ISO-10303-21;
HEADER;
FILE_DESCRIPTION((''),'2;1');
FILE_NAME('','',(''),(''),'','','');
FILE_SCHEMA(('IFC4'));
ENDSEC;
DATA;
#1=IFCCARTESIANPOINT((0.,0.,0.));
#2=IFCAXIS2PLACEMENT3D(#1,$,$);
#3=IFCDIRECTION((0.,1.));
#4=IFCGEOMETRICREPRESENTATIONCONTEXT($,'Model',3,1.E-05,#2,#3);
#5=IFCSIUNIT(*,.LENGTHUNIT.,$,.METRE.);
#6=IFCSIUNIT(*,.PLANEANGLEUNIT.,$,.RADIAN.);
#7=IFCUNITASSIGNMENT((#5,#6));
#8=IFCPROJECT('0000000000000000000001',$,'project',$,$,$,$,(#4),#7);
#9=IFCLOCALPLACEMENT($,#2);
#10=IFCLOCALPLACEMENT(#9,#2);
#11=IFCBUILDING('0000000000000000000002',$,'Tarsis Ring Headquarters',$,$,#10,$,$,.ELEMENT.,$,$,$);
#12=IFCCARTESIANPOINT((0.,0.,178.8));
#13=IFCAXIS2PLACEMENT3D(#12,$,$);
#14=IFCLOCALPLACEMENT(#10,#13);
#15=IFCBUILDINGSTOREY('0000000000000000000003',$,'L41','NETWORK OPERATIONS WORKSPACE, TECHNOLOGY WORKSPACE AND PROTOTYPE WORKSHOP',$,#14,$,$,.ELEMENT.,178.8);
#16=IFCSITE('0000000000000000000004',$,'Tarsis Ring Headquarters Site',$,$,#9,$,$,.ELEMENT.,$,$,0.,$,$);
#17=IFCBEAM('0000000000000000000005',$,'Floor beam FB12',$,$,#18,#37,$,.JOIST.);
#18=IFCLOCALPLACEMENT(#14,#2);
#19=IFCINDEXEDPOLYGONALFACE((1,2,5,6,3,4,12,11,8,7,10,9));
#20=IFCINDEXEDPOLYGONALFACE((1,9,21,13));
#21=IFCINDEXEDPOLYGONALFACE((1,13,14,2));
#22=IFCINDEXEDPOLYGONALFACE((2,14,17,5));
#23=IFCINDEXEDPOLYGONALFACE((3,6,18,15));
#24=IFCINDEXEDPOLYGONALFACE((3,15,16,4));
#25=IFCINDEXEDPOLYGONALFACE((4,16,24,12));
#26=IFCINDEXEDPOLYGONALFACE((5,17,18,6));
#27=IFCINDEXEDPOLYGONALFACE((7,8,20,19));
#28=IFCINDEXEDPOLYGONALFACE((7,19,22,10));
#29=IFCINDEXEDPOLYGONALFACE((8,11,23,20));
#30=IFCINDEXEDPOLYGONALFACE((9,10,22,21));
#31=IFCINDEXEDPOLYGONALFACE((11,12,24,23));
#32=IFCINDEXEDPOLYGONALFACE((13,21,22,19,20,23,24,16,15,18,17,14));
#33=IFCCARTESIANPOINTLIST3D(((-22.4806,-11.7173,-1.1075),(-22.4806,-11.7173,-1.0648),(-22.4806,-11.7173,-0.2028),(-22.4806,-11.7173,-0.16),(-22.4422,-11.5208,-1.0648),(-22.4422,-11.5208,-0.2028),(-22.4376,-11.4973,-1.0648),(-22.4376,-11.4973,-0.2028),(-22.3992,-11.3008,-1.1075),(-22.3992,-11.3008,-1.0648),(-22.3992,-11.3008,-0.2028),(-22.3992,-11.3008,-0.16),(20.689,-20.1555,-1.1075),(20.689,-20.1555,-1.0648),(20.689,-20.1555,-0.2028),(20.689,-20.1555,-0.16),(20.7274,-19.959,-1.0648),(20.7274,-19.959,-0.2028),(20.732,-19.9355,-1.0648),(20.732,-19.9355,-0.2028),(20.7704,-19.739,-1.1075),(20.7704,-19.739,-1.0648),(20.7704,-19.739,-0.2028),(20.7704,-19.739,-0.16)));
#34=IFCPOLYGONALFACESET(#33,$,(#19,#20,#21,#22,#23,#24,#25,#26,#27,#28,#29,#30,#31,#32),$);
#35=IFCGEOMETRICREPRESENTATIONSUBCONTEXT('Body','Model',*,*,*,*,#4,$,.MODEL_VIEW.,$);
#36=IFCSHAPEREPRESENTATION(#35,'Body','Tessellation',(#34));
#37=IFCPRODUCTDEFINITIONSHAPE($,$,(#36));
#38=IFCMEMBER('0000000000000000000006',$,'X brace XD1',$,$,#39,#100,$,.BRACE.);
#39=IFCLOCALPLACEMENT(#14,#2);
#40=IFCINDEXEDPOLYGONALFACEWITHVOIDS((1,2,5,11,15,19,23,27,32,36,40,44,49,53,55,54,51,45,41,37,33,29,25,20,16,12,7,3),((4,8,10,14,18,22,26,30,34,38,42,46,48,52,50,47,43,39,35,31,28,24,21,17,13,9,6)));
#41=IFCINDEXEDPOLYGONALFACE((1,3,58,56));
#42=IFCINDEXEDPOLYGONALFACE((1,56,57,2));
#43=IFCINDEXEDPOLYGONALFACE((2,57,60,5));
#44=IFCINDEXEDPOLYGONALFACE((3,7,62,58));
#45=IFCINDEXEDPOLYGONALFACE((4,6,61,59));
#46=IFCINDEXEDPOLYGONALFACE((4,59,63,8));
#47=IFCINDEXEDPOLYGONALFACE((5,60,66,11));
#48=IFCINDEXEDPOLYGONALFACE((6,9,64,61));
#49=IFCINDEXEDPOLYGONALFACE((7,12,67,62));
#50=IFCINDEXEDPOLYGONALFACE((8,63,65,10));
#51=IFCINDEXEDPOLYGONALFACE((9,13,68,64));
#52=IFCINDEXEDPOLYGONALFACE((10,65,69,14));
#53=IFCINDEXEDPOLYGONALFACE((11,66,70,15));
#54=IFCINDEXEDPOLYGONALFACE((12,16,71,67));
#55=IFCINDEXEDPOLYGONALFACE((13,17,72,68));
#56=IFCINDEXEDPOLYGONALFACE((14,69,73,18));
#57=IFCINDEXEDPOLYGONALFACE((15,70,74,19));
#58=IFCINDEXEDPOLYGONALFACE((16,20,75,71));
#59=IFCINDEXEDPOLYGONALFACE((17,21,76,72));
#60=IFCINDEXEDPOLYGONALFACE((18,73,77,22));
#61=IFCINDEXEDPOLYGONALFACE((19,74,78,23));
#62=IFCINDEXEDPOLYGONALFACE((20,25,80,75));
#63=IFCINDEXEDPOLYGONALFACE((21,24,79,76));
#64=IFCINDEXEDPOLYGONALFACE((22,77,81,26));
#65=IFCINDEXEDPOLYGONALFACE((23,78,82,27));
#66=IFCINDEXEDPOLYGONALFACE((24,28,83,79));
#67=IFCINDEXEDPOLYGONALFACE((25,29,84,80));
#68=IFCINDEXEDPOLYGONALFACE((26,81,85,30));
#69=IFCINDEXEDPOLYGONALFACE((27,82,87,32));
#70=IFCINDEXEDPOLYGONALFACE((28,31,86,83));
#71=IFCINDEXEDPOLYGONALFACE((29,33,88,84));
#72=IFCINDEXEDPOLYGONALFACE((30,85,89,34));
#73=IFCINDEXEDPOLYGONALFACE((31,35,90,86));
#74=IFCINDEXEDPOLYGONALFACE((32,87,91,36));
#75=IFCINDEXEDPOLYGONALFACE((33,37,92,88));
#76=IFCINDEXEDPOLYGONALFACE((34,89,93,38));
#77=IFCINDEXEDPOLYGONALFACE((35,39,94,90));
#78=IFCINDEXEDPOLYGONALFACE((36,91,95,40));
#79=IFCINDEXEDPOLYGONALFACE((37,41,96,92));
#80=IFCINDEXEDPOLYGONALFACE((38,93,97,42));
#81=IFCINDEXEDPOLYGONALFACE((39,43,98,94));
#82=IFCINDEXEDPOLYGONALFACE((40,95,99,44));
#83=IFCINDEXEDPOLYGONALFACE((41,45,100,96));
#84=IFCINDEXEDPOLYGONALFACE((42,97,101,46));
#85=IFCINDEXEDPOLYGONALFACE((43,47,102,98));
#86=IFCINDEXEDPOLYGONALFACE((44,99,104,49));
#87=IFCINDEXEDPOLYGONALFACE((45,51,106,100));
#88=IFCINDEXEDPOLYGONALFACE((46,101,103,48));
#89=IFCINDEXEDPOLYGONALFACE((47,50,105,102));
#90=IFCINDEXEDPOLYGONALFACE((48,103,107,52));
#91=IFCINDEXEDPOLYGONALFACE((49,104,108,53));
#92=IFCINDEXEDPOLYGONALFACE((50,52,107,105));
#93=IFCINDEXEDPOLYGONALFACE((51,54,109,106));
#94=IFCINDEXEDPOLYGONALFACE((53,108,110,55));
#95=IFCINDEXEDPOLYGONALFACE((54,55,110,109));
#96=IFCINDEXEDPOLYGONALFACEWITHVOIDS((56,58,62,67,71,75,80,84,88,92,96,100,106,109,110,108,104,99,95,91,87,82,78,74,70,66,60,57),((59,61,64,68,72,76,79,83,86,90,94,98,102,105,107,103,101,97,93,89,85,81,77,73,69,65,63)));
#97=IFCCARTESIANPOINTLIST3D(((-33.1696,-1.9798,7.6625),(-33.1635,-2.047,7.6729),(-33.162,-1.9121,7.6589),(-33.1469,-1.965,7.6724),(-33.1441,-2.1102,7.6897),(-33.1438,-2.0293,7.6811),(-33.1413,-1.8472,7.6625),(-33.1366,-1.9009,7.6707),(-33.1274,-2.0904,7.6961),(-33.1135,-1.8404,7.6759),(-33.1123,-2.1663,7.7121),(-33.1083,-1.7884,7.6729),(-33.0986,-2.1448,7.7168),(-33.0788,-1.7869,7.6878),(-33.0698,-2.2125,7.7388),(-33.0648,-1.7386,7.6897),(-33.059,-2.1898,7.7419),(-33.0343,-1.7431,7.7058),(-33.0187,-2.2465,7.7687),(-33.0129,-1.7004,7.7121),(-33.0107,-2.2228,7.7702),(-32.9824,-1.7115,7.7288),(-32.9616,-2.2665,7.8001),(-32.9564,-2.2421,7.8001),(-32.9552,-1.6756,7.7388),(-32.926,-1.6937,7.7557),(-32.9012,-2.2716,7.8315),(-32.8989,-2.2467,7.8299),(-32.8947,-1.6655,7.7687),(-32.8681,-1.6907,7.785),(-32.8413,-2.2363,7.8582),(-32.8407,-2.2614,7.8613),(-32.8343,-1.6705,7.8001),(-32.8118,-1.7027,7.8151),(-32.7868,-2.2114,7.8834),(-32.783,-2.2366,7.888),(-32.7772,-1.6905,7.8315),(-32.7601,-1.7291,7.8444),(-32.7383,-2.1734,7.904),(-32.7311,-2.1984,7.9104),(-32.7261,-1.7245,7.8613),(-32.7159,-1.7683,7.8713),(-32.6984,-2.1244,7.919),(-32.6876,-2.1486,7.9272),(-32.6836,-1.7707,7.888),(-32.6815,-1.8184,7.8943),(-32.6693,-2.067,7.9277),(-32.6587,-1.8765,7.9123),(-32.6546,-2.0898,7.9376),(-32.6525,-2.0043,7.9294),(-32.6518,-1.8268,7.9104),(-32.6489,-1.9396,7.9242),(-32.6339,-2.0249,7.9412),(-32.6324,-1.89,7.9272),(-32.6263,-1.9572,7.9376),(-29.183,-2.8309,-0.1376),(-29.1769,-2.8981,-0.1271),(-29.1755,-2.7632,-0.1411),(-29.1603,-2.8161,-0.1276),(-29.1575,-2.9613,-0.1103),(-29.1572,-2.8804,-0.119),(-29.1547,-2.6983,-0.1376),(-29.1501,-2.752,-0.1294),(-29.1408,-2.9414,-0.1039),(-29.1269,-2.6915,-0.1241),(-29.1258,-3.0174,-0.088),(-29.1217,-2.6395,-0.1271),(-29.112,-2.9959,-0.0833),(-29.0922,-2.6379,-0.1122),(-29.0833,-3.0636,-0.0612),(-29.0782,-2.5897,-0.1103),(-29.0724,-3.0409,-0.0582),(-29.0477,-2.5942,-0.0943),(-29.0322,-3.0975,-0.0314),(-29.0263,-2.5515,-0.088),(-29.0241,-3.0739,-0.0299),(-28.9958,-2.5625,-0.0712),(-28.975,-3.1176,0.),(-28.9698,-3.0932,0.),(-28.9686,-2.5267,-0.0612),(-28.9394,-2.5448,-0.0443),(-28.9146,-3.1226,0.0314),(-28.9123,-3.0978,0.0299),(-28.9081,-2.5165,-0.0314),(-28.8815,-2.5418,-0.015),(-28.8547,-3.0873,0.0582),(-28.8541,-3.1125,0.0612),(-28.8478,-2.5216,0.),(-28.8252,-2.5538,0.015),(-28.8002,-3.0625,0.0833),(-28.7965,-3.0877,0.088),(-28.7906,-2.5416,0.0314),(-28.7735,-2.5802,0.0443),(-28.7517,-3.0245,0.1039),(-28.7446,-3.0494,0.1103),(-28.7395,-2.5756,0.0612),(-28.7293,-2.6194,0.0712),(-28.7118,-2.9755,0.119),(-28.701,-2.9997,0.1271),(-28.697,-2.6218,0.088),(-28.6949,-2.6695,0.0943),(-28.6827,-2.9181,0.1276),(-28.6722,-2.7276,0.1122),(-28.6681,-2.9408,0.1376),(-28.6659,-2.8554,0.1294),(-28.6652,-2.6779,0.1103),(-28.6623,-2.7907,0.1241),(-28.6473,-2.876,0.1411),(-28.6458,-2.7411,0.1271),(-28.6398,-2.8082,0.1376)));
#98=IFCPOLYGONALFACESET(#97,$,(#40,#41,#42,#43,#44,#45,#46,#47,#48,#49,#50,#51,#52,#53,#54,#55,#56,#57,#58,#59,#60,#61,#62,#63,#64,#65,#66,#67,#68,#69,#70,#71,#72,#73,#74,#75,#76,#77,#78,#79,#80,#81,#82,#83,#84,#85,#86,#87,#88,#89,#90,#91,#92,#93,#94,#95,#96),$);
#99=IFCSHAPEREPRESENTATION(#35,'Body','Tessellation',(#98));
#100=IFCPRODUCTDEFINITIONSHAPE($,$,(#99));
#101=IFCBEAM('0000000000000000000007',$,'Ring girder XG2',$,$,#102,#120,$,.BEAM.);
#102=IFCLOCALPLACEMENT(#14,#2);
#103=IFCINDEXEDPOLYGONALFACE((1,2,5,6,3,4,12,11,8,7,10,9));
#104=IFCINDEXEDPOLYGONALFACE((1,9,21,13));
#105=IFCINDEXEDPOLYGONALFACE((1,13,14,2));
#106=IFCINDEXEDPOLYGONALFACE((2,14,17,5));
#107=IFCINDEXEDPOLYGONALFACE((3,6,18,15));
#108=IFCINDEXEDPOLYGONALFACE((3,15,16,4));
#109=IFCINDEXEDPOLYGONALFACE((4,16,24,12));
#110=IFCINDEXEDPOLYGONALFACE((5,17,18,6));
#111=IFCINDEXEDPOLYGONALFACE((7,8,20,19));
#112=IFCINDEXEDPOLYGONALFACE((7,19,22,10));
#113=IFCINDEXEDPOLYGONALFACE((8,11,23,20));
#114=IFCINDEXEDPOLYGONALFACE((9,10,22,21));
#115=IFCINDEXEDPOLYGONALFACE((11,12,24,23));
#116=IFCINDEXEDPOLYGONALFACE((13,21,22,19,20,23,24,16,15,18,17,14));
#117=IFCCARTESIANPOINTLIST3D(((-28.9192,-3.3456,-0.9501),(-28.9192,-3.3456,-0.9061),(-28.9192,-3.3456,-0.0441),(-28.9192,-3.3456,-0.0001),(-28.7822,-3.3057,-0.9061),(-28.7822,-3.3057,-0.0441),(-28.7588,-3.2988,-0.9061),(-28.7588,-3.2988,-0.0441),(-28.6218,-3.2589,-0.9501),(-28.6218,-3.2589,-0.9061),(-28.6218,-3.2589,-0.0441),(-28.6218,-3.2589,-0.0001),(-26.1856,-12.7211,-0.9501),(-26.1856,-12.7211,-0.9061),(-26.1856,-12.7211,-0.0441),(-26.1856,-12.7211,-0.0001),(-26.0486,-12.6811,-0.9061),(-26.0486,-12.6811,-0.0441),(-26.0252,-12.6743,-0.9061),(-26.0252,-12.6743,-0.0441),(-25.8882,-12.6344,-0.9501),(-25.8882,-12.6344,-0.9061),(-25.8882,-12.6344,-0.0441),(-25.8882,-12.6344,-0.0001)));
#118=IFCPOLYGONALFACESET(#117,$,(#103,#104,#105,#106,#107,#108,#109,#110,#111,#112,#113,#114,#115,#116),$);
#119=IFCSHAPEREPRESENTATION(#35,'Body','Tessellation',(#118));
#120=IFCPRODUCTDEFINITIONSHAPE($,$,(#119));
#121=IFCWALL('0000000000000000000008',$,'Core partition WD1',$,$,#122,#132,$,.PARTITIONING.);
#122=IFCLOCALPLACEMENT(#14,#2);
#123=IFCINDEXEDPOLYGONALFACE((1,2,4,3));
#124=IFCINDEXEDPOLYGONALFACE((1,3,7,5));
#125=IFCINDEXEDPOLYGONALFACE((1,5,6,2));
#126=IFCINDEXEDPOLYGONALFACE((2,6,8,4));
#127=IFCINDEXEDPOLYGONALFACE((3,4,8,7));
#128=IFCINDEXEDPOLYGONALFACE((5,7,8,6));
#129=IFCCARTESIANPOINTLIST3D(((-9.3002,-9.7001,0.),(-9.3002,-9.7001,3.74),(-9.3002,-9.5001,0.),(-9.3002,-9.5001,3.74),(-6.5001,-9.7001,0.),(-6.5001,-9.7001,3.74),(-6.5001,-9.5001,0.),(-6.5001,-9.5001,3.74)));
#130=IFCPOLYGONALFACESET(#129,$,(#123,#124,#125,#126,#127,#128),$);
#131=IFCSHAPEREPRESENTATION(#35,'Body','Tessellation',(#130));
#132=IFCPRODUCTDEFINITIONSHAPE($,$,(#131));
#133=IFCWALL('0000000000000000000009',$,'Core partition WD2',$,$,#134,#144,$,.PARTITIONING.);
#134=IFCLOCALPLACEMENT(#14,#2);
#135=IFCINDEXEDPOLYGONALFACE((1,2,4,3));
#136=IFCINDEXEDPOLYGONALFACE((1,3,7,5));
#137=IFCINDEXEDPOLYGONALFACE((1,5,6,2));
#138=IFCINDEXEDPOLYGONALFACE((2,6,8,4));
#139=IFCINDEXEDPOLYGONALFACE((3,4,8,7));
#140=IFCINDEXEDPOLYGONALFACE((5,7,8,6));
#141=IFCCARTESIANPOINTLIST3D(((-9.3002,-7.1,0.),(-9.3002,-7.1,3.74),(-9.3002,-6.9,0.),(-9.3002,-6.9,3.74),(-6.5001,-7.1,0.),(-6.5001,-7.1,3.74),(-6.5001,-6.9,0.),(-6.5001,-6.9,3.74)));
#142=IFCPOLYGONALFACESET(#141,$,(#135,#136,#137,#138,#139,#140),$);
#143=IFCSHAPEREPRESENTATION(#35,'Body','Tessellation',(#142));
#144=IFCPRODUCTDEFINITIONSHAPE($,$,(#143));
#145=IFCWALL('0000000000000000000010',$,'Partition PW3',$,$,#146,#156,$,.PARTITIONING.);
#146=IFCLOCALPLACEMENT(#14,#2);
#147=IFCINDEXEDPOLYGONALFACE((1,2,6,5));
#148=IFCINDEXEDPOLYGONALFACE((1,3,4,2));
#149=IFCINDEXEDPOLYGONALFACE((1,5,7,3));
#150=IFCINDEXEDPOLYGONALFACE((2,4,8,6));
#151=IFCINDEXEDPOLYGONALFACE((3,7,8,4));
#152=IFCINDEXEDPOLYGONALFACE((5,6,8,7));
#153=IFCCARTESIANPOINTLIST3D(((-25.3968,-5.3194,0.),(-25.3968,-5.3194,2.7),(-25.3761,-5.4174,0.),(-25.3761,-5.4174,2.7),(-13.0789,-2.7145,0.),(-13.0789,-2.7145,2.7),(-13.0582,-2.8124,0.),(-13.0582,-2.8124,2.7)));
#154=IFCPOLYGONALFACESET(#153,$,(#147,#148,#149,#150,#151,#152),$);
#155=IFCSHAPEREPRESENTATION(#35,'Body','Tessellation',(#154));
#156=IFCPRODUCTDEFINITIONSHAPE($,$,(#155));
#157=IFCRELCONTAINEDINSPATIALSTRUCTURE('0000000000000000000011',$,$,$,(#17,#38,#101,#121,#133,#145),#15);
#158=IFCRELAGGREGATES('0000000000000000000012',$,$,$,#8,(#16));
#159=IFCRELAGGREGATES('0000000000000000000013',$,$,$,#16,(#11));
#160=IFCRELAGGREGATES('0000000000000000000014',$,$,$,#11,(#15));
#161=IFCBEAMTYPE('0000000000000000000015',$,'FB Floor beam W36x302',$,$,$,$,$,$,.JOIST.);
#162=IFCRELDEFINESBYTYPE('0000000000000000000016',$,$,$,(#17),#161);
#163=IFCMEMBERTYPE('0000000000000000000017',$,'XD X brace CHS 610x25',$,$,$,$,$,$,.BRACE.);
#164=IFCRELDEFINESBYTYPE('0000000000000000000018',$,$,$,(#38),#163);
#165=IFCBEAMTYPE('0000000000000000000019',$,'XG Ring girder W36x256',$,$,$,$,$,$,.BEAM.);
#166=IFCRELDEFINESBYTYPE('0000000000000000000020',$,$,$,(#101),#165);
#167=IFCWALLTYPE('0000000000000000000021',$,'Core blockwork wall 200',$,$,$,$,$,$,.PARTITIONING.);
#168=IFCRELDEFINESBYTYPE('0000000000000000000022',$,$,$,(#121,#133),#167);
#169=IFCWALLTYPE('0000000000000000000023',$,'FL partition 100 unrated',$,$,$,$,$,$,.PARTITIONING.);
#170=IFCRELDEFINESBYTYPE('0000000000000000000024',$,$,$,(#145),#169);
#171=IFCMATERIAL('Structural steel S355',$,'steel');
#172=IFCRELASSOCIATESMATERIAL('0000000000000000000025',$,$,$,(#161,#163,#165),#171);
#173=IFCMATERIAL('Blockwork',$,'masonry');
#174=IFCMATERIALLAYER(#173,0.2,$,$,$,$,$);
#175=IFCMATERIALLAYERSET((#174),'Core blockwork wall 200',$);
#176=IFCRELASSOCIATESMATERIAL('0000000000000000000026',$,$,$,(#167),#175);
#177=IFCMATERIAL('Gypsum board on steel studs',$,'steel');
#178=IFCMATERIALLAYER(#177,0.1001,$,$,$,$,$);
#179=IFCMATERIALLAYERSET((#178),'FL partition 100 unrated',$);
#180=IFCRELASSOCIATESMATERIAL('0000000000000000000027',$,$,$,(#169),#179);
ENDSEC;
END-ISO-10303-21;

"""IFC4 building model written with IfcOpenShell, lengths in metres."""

from ifc_helpers import new_model, si_unit, direction, frame, frame_2d, origin, origin_2d, place, context, subcontext, project, spatial, rectangle, hollow_circle, i_section, extrude, material, layer, layer_set, material_profile, profile_set, type_object, element, save


model = new_model("IFC4")

# Units and contexts
model_context = context("Model", 3, precision=1e-05, world=origin(), true_north=direction((0.0, 1.0)))
body_context = subcontext(model_context, "Body", "Model", "MODEL_VIEW")
ifc_project = project(units=[si_unit("LENGTHUNIT", "METRE"), si_unit("PLANEANGLEUNIT", "RADIAN")], contexts=[model_context])

# Site, building, storey
site_placement = place(None, origin())
site = spatial("IfcSite", under=ifc_project, at=site_placement, Name="Tarsis Ring Headquarters Site", CompositionType="ELEMENT", RefElevation=0.0)
building_placement = place(site_placement, origin())
building = spatial("IfcBuilding", under=site, at=building_placement, Name="Tarsis Ring Headquarters", CompositionType="ELEMENT")
storey_placement = place(building_placement, frame((0.0, 0.0, 178.8)))
storey = spatial("IfcBuildingStorey", under=building, at=storey_placement, Name="L41", Description="NETWORK OPERATIONS WORKSPACE, TECHNOLOGY WORKSPACE AND PROTOTYPE WORKSHOP", CompositionType="ELEMENT", Elevation=178.8)

# Shared definitions
ifc_material_1 = material(Name="Structural steel S355", Category="steel")

# Beam
ifc_material_profile_1 = material_profile(ifc_material_1, i_section(OverallWidth=0.3098, OverallDepth=0.95, WebThickness=0.0244, FlangeThickness=0.0439, at=origin_2d()), Name="W36x256")
ifc_profile_set_1 = profile_set([ifc_material_profile_1], Name="Structural steel S355")
ifc_material_profile_2 = material_profile(ifc_material_1, i_section(OverallWidth=0.4243, OverallDepth=0.9475, WebThickness=0.0239, FlangeThickness=0.0427, at=origin_2d()), Name="W36x302")
ifc_profile_set_2 = profile_set([ifc_material_profile_2], Name="Structural steel S355")
beam_type_1 = type_object("IfcBeamType", Name="FB Floor beam W36x302", PredefinedType="JOIST", material=ifc_profile_set_2)
beam_1_placement = place(storey_placement, frame((-22.4399, -11.509, -0.6338), z_axis=(0.981427, -0.191836, 0.0), x_axis=(0.191836, 0.981427, 0.0)))
element("IfcBeam", 1, at=beam_1_placement, inside=storey, type_object=beam_type_1, Name="Floor beam FB12", PredefinedType="JOIST", context=body_context, shape_type="SweptSolid", body=[
    extrude(i_section(OverallWidth=0.4243, OverallDepth=0.9475, WebThickness=0.0239, FlangeThickness=0.0427, at=origin_2d()), origin(), (0.0, 0.0, 1.0), 43.9866),
])

# Member
ifc_material_profile_3 = material_profile(ifc_material_1, hollow_circle(Radius=0.3047, WallThickness=0.0249, at=origin_2d()), Name="CHS 610x25")
ifc_profile_set_3 = profile_set([ifc_material_profile_3], Name="Structural steel S355")
member_type = type_object("IfcMemberType", Name="XD X brace CHS 610x25", PredefinedType="BRACE", material=ifc_profile_set_3)
member_placement = place(storey_placement, frame((-28.9114, -2.8196, 0.0), z_axis=(-0.452967, 0.096702, 0.886267), x_axis=(-0.208781, -0.977963, 0.0)))
element("IfcMember", 2, at=member_placement, inside=storey, type_object=member_type, Name="X brace XD1", PredefinedType="BRACE", context=body_context, shape_type="SweptSolid", body=[
    extrude(hollow_circle(Radius=0.3047, WallThickness=0.0249, at=origin_2d()), origin(), (0.0, 0.0, 1.0), 8.801),
])

# Beam
beam_type_2 = type_object("IfcBeamType", Name="XG Ring girder W36x256", PredefinedType="BEAM", material=ifc_profile_set_1)
beam_2_placement = place(storey_placement, frame((-28.7705, -3.3022, -0.4751), z_axis=(0.279917, -0.960024, 0.0), x_axis=(0.960024, 0.279917, 0.0)))
element("IfcBeam", 3, at=beam_2_placement, inside=storey, type_object=beam_type_2, Name="Ring girder XG2", PredefinedType="BEAM", context=body_context, shape_type="SweptSolid", body=[
    extrude(i_section(OverallWidth=0.3098, OverallDepth=0.95, WebThickness=0.0244, FlangeThickness=0.0439, at=origin_2d()), origin(), (0.0, 0.0, 1.0), 9.7659),
])

# Walls
ifc_material_2 = material(Name="Blockwork", Category="masonry")
ifc_layer_1 = layer(ifc_material_2, 0.2)
ifc_layer_set_1 = layer_set([ifc_layer_1], Name="Core blockwork wall 200")
wall_type_1 = type_object("IfcWallType", Name="Core blockwork wall 200", PredefinedType="PARTITIONING", material=ifc_layer_set_1)
for number, where, z_axis, x_axis, name in (
    (4, (-9.3, -9.6001, 0.0), (0.0, 0.0, 1.0), (1.0, 0.0, 0.0), "Core partition WD1"),
    (5, (-9.3, -7.0, 0.0), (0.0, 0.0, 1.0), (1.0, 0.0, 0.0), "Core partition WD2"),
):
    element("IfcWall", number, at=place(storey_placement, frame(where, z_axis=z_axis, x_axis=x_axis)), inside=storey, type_object=wall_type_1, Name=name, PredefinedType="PARTITIONING", context=body_context, shape_type="SweptSolid", body=[
        extrude(rectangle(XDim=2.8, YDim=0.2, at=frame_2d((1.3999, 0.0))), origin(), (0.0, 0.0, 1.0), 3.74),
    ])
ifc_material_3 = material(Name="Gypsum board on steel studs", Category="steel")
ifc_layer_2 = layer(ifc_material_3, 0.1001)
ifc_layer_set_2 = layer_set([ifc_layer_2], Name="FL partition 100 unrated")
wall_type_2 = type_object("IfcWallType", Name="FL partition 100 unrated", PredefinedType="PARTITIONING", material=ifc_layer_set_2)
wall_1_placement = place(storey_placement, frame((-25.3865, -5.3684, 0.0), z_axis=(0.0, 0.0, 1.0), x_axis=(0.978361, 0.206904, 0.0)))
element("IfcWall", 6, at=wall_1_placement, inside=storey, type_object=wall_type_2, Name="Partition PW3", PredefinedType="PARTITIONING", context=body_context, shape_type="SweptSolid", body=[
    extrude(rectangle(XDim=12.5903, YDim=0.1001, at=frame_2d((6.2952, 0.0))), origin(), (0.0, 0.0, 1.0), 2.7),
])

save(model, "model.ifc")
